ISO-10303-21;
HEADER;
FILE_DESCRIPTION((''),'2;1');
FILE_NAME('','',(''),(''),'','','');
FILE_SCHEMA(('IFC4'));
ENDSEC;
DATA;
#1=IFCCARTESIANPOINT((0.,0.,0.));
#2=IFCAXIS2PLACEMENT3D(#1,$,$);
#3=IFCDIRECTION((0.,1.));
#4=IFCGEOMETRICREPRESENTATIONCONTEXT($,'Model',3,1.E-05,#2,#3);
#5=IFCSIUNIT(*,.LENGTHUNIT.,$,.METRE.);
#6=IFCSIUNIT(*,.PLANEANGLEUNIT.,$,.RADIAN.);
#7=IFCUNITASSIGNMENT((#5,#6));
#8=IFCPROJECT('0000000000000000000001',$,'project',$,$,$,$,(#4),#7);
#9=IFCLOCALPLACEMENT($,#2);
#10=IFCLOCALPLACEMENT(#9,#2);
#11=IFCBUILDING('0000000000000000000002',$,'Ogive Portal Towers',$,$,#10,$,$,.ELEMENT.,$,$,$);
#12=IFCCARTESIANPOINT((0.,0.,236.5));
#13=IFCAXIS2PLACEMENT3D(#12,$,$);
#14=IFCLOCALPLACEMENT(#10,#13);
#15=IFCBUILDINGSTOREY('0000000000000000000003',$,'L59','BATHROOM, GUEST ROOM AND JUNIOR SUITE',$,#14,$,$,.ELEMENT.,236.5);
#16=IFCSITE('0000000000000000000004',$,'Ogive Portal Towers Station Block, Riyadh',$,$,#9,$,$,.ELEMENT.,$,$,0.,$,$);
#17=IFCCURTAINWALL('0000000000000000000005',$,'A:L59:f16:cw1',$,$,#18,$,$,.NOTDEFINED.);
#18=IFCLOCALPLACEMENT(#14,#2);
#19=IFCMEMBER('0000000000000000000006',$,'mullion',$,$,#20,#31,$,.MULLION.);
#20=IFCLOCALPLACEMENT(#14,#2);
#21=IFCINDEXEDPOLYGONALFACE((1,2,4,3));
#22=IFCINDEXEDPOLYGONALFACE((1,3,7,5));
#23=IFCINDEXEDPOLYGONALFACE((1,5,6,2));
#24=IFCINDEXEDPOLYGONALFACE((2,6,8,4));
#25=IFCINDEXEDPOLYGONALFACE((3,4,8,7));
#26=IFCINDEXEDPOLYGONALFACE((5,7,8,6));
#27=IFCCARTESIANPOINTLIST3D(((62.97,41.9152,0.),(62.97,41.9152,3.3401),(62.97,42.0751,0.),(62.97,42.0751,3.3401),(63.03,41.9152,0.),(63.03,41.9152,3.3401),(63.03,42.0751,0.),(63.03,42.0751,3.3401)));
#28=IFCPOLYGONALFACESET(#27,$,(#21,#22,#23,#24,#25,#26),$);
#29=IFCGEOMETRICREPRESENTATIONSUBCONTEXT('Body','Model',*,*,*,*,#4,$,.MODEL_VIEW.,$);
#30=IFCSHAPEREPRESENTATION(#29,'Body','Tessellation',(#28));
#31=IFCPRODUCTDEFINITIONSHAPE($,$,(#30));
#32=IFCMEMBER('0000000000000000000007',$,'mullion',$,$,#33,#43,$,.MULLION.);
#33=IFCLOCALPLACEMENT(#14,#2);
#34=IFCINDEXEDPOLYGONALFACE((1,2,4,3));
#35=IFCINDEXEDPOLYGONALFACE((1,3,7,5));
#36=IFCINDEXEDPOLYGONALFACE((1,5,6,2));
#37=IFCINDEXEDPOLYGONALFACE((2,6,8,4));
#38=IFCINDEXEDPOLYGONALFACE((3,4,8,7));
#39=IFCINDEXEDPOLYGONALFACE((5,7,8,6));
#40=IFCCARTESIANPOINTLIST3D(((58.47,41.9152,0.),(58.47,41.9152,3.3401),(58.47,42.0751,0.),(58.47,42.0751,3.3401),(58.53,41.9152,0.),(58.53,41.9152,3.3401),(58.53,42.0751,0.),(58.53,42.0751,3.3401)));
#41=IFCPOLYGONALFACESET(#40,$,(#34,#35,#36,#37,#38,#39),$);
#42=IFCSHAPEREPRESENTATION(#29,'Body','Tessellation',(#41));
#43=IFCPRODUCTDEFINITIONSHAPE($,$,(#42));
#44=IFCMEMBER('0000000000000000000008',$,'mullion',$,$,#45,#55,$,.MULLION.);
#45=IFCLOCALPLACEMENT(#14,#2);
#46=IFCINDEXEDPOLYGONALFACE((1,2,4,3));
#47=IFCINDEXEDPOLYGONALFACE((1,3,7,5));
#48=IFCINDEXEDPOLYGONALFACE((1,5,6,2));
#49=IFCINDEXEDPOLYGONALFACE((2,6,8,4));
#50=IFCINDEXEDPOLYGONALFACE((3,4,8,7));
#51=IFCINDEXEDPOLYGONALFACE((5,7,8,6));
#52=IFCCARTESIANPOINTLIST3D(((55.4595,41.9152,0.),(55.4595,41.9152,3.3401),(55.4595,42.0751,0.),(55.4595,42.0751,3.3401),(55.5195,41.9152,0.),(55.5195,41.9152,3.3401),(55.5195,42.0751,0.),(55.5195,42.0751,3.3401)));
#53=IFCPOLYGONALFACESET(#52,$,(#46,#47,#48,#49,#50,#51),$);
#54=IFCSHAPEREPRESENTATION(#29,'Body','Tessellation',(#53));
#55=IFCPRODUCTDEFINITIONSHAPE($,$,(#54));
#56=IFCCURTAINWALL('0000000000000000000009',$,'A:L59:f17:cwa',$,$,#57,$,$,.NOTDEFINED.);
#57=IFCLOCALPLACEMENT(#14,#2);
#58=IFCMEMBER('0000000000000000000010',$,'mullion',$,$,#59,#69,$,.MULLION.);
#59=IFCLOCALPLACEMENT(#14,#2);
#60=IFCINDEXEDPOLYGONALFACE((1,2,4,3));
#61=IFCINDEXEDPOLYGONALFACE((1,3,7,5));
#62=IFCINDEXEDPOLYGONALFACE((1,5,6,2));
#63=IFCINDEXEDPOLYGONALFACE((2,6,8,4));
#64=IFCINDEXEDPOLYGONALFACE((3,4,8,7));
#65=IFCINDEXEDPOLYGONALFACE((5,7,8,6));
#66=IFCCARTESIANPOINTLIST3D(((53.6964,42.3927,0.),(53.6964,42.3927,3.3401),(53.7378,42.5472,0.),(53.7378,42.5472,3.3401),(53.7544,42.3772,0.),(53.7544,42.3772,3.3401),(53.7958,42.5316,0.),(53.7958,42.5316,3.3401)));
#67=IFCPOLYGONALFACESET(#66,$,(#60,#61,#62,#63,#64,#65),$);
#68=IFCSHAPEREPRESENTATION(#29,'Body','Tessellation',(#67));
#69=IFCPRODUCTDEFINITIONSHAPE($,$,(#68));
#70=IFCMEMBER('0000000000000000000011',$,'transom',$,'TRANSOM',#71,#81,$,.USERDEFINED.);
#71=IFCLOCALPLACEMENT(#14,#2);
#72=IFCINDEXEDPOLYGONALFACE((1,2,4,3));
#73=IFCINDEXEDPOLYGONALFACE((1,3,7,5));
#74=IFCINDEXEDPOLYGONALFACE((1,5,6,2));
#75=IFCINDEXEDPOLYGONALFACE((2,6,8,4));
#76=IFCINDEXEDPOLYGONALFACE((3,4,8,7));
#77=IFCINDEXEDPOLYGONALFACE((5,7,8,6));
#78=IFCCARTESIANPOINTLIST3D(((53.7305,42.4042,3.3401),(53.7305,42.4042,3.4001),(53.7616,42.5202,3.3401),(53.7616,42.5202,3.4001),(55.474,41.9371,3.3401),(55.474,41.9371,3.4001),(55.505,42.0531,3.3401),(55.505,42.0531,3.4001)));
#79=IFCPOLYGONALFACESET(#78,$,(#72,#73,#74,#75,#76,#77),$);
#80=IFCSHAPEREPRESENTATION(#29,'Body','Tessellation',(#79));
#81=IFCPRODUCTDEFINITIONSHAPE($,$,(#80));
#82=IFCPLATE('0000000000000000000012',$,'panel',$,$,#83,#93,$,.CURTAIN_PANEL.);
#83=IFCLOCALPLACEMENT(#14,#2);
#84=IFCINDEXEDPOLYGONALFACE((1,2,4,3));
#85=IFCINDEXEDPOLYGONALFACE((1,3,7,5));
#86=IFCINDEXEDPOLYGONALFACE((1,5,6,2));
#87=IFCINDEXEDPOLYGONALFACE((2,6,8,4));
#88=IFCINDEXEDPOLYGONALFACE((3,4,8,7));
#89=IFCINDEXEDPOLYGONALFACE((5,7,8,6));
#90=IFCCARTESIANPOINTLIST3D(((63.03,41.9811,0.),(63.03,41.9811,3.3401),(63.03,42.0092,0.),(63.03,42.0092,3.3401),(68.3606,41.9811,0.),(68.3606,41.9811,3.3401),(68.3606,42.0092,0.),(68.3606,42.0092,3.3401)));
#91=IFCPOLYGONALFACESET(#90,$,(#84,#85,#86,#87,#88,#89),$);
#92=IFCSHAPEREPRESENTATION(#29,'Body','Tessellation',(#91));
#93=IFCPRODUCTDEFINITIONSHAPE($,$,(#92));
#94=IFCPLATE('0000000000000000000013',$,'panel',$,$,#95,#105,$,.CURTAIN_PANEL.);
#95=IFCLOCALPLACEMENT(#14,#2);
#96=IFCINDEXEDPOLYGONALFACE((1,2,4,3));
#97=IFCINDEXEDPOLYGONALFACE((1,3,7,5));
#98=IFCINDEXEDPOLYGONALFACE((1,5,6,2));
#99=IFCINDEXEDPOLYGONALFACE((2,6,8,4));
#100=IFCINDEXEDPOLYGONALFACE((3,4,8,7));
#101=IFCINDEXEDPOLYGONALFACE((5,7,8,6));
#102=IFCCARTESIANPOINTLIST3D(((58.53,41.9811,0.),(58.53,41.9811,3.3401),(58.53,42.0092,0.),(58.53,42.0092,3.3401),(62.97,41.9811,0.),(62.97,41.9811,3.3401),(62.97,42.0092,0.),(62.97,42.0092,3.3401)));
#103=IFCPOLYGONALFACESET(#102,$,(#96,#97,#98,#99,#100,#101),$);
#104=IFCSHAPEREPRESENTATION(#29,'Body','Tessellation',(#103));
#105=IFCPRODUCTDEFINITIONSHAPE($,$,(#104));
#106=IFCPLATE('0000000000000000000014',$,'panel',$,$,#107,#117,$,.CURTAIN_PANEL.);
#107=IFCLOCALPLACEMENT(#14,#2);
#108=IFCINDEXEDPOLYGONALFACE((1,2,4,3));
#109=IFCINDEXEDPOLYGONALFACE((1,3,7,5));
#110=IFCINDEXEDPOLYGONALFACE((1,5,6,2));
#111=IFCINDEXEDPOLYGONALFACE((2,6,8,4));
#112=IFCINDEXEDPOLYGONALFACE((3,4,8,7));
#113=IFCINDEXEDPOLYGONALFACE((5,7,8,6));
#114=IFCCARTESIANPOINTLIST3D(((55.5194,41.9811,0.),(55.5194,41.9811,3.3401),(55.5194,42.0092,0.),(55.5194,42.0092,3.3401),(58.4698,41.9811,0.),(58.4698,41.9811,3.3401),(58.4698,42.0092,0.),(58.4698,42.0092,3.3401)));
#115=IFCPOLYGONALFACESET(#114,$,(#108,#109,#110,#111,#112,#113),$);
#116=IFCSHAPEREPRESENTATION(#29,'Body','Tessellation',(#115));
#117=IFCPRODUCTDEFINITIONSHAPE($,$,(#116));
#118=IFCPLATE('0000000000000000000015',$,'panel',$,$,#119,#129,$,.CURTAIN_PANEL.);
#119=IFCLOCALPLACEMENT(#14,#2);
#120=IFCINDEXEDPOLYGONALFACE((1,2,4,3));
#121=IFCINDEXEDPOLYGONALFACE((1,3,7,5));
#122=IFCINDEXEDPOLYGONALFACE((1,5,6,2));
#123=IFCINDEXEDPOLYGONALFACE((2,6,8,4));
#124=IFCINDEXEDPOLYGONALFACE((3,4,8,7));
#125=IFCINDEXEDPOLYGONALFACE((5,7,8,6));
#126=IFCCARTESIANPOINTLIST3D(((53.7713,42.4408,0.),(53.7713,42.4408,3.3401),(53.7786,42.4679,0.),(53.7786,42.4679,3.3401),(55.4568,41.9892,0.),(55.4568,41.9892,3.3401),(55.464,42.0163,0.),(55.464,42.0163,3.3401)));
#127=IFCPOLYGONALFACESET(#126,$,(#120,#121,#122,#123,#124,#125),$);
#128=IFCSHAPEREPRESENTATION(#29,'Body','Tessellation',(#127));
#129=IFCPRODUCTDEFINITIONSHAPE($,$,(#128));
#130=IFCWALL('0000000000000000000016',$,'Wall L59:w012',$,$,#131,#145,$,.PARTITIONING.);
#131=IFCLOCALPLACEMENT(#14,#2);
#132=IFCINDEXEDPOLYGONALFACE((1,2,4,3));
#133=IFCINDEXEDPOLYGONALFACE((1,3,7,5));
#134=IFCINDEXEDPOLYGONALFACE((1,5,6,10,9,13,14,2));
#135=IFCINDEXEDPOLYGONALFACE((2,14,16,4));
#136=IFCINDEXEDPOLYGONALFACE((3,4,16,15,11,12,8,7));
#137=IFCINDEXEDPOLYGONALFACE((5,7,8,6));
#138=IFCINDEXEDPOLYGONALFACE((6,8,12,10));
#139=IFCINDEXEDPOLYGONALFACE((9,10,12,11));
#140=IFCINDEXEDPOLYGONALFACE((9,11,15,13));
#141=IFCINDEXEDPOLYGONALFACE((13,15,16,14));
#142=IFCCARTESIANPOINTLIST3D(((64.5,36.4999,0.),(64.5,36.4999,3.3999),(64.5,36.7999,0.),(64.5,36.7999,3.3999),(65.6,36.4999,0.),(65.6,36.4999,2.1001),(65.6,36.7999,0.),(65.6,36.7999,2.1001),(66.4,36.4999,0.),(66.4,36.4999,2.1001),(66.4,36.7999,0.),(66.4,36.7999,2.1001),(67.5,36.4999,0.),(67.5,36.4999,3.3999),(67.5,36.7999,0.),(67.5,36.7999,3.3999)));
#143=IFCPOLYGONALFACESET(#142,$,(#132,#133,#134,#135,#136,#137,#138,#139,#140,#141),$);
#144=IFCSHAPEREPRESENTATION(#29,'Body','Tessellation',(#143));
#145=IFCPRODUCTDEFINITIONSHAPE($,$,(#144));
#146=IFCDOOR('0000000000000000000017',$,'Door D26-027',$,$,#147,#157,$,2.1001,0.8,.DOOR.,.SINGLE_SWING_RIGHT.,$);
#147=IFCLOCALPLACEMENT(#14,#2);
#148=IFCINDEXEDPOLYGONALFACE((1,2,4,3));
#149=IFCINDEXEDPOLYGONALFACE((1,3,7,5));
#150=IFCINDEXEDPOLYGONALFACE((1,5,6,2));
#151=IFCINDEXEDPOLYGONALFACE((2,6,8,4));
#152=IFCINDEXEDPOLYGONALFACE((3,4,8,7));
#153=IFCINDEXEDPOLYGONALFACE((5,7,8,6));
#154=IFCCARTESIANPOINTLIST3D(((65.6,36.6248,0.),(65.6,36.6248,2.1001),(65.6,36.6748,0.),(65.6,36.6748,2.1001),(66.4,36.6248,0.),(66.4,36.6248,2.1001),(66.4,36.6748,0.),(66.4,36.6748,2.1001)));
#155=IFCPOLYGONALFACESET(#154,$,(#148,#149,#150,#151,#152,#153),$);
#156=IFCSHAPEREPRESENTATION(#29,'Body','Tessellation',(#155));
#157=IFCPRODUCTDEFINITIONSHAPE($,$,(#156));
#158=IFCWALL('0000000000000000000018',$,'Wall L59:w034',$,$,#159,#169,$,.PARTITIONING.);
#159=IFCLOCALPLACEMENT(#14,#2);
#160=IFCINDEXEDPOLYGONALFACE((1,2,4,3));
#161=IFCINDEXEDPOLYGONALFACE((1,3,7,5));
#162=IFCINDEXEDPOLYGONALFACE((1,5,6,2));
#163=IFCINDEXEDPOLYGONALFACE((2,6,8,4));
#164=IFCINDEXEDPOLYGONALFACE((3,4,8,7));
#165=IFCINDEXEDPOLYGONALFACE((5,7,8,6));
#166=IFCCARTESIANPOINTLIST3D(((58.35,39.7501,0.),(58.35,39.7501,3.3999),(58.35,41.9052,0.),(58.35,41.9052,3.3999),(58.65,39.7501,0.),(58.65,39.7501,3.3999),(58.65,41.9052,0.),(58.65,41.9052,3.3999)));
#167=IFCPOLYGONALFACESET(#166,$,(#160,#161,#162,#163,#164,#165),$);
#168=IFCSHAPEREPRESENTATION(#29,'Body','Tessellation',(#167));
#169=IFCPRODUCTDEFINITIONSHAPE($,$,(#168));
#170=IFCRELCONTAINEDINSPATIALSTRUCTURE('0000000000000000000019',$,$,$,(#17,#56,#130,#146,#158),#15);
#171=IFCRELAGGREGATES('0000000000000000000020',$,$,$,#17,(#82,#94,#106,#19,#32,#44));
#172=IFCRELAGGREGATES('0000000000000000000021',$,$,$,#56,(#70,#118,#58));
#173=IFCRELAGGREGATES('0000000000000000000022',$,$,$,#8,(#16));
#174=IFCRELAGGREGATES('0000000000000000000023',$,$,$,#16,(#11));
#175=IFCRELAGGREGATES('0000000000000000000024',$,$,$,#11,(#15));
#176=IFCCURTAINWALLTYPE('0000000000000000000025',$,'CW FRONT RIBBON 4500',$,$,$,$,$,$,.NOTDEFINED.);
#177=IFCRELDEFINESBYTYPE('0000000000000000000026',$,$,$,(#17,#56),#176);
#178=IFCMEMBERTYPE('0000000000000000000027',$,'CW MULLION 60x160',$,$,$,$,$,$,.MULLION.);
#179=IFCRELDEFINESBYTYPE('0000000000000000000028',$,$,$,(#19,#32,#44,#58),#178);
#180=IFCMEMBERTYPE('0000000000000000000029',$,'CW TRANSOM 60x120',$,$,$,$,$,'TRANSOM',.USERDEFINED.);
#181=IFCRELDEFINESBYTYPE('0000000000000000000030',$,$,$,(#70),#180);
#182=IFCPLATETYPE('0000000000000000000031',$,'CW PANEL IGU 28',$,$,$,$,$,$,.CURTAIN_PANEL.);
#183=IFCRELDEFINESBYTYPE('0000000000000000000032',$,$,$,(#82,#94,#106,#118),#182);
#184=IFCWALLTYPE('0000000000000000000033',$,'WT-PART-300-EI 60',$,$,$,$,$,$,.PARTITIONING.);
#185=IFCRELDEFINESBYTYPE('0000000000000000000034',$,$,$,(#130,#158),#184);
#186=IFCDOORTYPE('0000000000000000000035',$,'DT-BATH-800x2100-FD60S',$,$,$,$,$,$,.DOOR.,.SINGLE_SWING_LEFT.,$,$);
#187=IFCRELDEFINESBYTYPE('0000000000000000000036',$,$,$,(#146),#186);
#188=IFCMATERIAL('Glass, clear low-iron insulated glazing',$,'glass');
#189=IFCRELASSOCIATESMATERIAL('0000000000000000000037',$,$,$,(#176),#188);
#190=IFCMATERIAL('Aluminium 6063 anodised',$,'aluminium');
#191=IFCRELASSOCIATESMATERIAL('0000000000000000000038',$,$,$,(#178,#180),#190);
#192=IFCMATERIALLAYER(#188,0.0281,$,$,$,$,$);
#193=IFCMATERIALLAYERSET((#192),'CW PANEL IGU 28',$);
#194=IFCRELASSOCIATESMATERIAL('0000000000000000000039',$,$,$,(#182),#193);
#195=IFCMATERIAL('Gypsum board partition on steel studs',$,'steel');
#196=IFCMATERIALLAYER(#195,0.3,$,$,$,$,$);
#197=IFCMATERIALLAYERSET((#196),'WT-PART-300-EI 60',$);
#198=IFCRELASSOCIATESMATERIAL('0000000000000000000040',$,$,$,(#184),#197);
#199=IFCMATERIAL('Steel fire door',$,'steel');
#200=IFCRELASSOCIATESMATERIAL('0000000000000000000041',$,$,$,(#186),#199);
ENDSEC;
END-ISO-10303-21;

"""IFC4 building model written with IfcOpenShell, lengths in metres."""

from ifc_helpers import new_model, si_unit, direction, frame, frame_2d, origin, origin_2d, place, context, subcontext, project, spatial, rectangle, extrude, material, layer, layer_set, material_profile, profile_set, type_object, element, fill, aggregate, save


model = new_model("IFC4")

# Units and contexts
model_context = context("Model", 3, precision=1e-05, world=origin(), true_north=direction((0.0, 1.0)))
body_context = subcontext(model_context, "Body", "Model", "MODEL_VIEW")
ifc_project = project(units=[si_unit("LENGTHUNIT", "METRE"), si_unit("PLANEANGLEUNIT", "RADIAN")], contexts=[model_context])

# Site, building, storey
site_placement = place(None, origin())
site = spatial("IfcSite", under=ifc_project, at=site_placement, Name="Ogive Portal Towers Station Block, Riyadh", CompositionType="ELEMENT", RefElevation=0.0)
building_placement = place(site_placement, origin())
building = spatial("IfcBuilding", under=site, at=building_placement, Name="Ogive Portal Towers", CompositionType="ELEMENT")
storey_placement = place(building_placement, frame((0.0, 0.0, 236.5)))
storey = spatial("IfcBuildingStorey", under=building, at=storey_placement, Name="L59", Description="BATHROOM, GUEST ROOM AND JUNIOR SUITE", CompositionType="ELEMENT", Elevation=236.5)

# Curtain walls, members
ifc_material_1 = material(Name="Glass, clear low-iron insulated glazing", Category="glass")
curtain_wall_type = type_object("IfcCurtainWallType", Name="CW FRONT RIBBON 4500", PredefinedType="NOTDEFINED", material=ifc_material_1)
curtain_wall_1_placement = place(storey_placement, origin())
curtain_wall_1 = element("IfcCurtainWall", 1, at=curtain_wall_1_placement, inside=storey, type_object=curtain_wall_type, Name="A:L59:f16:cw1", PredefinedType="NOTDEFINED")
ifc_material_2 = material(Name="Aluminium 6063 anodised", Category="aluminium")
ifc_material_profile_1 = material_profile(ifc_material_2, rectangle(XDim=0.1599, YDim=0.0601, at=origin_2d()), Name="AL 60x160")
ifc_profile_set_1 = profile_set([ifc_material_profile_1], Name="Aluminium 6063 anodised")
member_type_1 = type_object("IfcMemberType", Name="CW MULLION 60x160", PredefinedType="MULLION", material=ifc_profile_set_1)
member_1_placement = place(storey_placement, frame((63.0, 41.9951, 0.0), z_axis=(0.0, 0.0, 1.0), x_axis=(0.0, -1.0, 0.0)))
member_1 = element("IfcMember", 2, at=member_1_placement, type_object=member_type_1, Name="mullion", PredefinedType="MULLION", context=body_context, shape_type="SweptSolid", body=[
    extrude(rectangle(XDim=0.1599, YDim=0.0601, at=origin_2d()), origin(), (0.0, 0.0, 1.0), 3.3401),
])
member_2_placement = place(storey_placement, frame((58.5, 41.9951, 0.0), z_axis=(0.0, 0.0, 1.0), x_axis=(0.0, -1.0, 0.0)))
member_2 = element("IfcMember", 3, at=member_2_placement, type_object=member_type_1, Name="mullion", PredefinedType="MULLION", context=body_context, shape_type="SweptSolid", body=[
    extrude(rectangle(XDim=0.1599, YDim=0.0601, at=origin_2d()), origin(), (0.0, 0.0, 1.0), 3.3401),
])
member_3_placement = place(storey_placement, frame((55.4895, 41.9951, 0.0), z_axis=(0.0, 0.0, 1.0), x_axis=(0.0, -1.0, 0.0)))
member_3 = element("IfcMember", 4, at=member_3_placement, type_object=member_type_1, Name="mullion", PredefinedType="MULLION", context=body_context, shape_type="SweptSolid", body=[
    extrude(rectangle(XDim=0.1599, YDim=0.0601, at=origin_2d()), origin(), (0.0, 0.0, 1.0), 3.3401),
])
curtain_wall_2_placement = place(storey_placement, origin())
curtain_wall_2 = element("IfcCurtainWall", 5, at=curtain_wall_2_placement, inside=storey, type_object=curtain_wall_type, Name="A:L59:f17:cwa", PredefinedType="NOTDEFINED")
member_4_placement = place(storey_placement, frame((53.7461, 42.4622, 0.0), z_axis=(0.0, 0.0, 1.0), x_axis=(-0.258819, -0.965926, 0.0)))
member_4 = element("IfcMember", 6, at=member_4_placement, type_object=member_type_1, Name="mullion", PredefinedType="MULLION", context=body_context, shape_type="SweptSolid", body=[
    extrude(rectangle(XDim=0.1599, YDim=0.0601, at=origin_2d()), origin(), (0.0, 0.0, 1.0), 3.3401),
])
ifc_material_profile_2 = material_profile(ifc_material_2, rectangle(XDim=0.1201, YDim=0.0601, at=origin_2d()), Name="AL 120x60")
ifc_profile_set_2 = profile_set([ifc_material_profile_2], Name="Aluminium 6063 anodised")
member_type_2 = type_object("IfcMemberType", Name="CW TRANSOM 60x120", ElementType="TRANSOM", PredefinedType="USERDEFINED", material=ifc_profile_set_2)
member_5_placement = place(storey_placement, frame((55.4895, 41.9951, 3.3701), z_axis=(-0.96594, 0.258765, 0.0), x_axis=(-0.258765, -0.96594, 0.0)))
member_5 = element("IfcMember", 7, at=member_5_placement, type_object=member_type_2, Name="transom", ObjectType="TRANSOM", PredefinedType="USERDEFINED", context=body_context, shape_type="SweptSolid", body=[
    extrude(rectangle(XDim=0.1201, YDim=0.0601, at=origin_2d()), origin(), (0.0, 0.0, 1.0), 1.8049),
])

# Plates
ifc_layer_1 = layer(ifc_material_1, 0.0281)
ifc_layer_set_1 = layer_set([ifc_layer_1], Name="CW PANEL IGU 28")
plate_type = type_object("IfcPlateType", Name="CW PANEL IGU 28", PredefinedType="CURTAIN_PANEL", material=ifc_layer_set_1)
plate_1_placement = place(storey_placement, frame((65.6953, 41.9951, 0.0), z_axis=(0.0, 0.0, 1.0), x_axis=(-1.0, 0.0, 0.0)))
plate_1 = element("IfcPlate", 8, at=plate_1_placement, type_object=plate_type, Name="panel", PredefinedType="CURTAIN_PANEL", context=body_context, shape_type="SweptSolid", body=[
    extrude(rectangle(XDim=5.3306, YDim=0.0281, at=origin_2d()), origin(), (0.0, 0.0, 1.0), 3.3401),
])
plate_2_placement = place(storey_placement, frame((60.75, 41.9951, 0.0), z_axis=(0.0, 0.0, 1.0), x_axis=(-1.0, 0.0, 0.0)))
plate_2 = element("IfcPlate", 9, at=plate_2_placement, type_object=plate_type, Name="panel", PredefinedType="CURTAIN_PANEL", context=body_context, shape_type="SweptSolid", body=[
    extrude(rectangle(XDim=4.4399, YDim=0.0281, at=origin_2d()), origin(), (0.0, 0.0, 1.0), 3.3401),
])
plate_3_placement = place(storey_placement, frame((56.9946, 41.9951, 0.0), z_axis=(0.0, 0.0, 1.0), x_axis=(-1.0, 0.0, 0.0)))
plate_3 = element("IfcPlate", 10, at=plate_3_placement, type_object=plate_type, Name="panel", PredefinedType="CURTAIN_PANEL", context=body_context, shape_type="SweptSolid", body=[
    extrude(rectangle(XDim=2.9504, YDim=0.0281, at=origin_2d()), origin(), (0.0, 0.0, 1.0), 3.3401),
])
aggregate(curtain_wall_1, [plate_1, plate_2, plate_3, member_1, member_2, member_3])
plate_4_placement = place(storey_placement, frame((54.6177, 42.2285, 0.0), z_axis=(0.0, 0.0, 1.0), x_axis=(-0.965926, 0.258819, 0.0)))
plate_4 = element("IfcPlate", 11, at=plate_4_placement, type_object=plate_type, Name="panel", PredefinedType="CURTAIN_PANEL", context=body_context, shape_type="SweptSolid", body=[
    extrude(rectangle(XDim=1.7449, YDim=0.0281, at=origin_2d()), origin(), (0.0, 0.0, 1.0), 3.3401),
])
aggregate(curtain_wall_2, [member_5, plate_4, member_4])

# Wall, opening, door
ifc_material_3 = material(Name="Gypsum board partition on steel studs", Category="steel")
ifc_layer_2 = layer(ifc_material_3, 0.3)
ifc_layer_set_2 = layer_set([ifc_layer_2], Name="WT-PART-300-EI 60")
wall_type = type_object("IfcWallType", Name="WT-PART-300-EI 60", PredefinedType="PARTITIONING", material=ifc_layer_set_2)
wall_1_placement = place(storey_placement, frame((64.5, 36.6499, 0.0), z_axis=(0.0, 0.0, 1.0), x_axis=(1.0, 0.0, 0.0)))
wall_1 = element("IfcWall", 12, at=wall_1_placement, inside=storey, type_object=wall_type, Name="Wall L59:w012", PredefinedType="PARTITIONING", context=body_context, shape_type="SweptSolid", body=[
    extrude(rectangle(XDim=3.0, YDim=0.3, at=frame_2d((1.5, 0.0))), origin(), (0.0, 0.0, 1.0), 3.3999),
])
opening_placement = place(wall_1_placement, frame((1.1001, 0.0, 0.0)))
opening = element("IfcOpeningElement", 13, at=opening_placement, cuts=wall_1, PredefinedType="OPENING", context=body_context, shape_type="SweptSolid", body=[
    extrude(rectangle(XDim=0.8, YDim=2.1001, at=frame_2d((0.3999, 1.05))), frame((0.0, 0.1602, 0.0), z_axis=(0.0, -1.0, 0.0), x_axis=(1.0, 0.0, 0.0)), (0.0, 0.0, 1.0), 0.3201),
])
ifc_material_4 = material(Name="Steel fire door", Category="steel")
door_type = type_object("IfcDoorType", Name="DT-BATH-800x2100-FD60S", OperationType="SINGLE_SWING_LEFT", PredefinedType="DOOR", material=ifc_material_4)
door_placement = place(opening_placement, origin())
door = element("IfcDoor", 14, at=door_placement, inside=storey, type_object=door_type, Name="Door D26-027", OperationType="SINGLE_SWING_RIGHT", OverallHeight=2.1001, OverallWidth=0.8, PredefinedType="DOOR", context=body_context, shape_type="SweptSolid", body=[
    extrude(rectangle(XDim=0.8, YDim=2.1001, at=frame_2d((0.3999, 1.05))), frame((0.0, 0.0249, 0.0), z_axis=(0.0, -1.0, 0.0), x_axis=(1.0, 0.0, 0.0)), (0.0, 0.0, 1.0), 0.05),
])
fill(opening, door)

# Wall
wall_2_placement = place(storey_placement, frame((58.5, 39.75, 0.0), z_axis=(0.0, 0.0, 1.0), x_axis=(0.0, 1.0, 0.0)))
element("IfcWall", 15, at=wall_2_placement, inside=storey, type_object=wall_type, Name="Wall L59:w034", PredefinedType="PARTITIONING", context=body_context, shape_type="SweptSolid", body=[
    extrude(rectangle(XDim=2.155, YDim=0.3, at=frame_2d((1.0776, 0.0))), origin(), (0.0, 0.0, 1.0), 3.3999),
])

save(model, "model.ifc")
